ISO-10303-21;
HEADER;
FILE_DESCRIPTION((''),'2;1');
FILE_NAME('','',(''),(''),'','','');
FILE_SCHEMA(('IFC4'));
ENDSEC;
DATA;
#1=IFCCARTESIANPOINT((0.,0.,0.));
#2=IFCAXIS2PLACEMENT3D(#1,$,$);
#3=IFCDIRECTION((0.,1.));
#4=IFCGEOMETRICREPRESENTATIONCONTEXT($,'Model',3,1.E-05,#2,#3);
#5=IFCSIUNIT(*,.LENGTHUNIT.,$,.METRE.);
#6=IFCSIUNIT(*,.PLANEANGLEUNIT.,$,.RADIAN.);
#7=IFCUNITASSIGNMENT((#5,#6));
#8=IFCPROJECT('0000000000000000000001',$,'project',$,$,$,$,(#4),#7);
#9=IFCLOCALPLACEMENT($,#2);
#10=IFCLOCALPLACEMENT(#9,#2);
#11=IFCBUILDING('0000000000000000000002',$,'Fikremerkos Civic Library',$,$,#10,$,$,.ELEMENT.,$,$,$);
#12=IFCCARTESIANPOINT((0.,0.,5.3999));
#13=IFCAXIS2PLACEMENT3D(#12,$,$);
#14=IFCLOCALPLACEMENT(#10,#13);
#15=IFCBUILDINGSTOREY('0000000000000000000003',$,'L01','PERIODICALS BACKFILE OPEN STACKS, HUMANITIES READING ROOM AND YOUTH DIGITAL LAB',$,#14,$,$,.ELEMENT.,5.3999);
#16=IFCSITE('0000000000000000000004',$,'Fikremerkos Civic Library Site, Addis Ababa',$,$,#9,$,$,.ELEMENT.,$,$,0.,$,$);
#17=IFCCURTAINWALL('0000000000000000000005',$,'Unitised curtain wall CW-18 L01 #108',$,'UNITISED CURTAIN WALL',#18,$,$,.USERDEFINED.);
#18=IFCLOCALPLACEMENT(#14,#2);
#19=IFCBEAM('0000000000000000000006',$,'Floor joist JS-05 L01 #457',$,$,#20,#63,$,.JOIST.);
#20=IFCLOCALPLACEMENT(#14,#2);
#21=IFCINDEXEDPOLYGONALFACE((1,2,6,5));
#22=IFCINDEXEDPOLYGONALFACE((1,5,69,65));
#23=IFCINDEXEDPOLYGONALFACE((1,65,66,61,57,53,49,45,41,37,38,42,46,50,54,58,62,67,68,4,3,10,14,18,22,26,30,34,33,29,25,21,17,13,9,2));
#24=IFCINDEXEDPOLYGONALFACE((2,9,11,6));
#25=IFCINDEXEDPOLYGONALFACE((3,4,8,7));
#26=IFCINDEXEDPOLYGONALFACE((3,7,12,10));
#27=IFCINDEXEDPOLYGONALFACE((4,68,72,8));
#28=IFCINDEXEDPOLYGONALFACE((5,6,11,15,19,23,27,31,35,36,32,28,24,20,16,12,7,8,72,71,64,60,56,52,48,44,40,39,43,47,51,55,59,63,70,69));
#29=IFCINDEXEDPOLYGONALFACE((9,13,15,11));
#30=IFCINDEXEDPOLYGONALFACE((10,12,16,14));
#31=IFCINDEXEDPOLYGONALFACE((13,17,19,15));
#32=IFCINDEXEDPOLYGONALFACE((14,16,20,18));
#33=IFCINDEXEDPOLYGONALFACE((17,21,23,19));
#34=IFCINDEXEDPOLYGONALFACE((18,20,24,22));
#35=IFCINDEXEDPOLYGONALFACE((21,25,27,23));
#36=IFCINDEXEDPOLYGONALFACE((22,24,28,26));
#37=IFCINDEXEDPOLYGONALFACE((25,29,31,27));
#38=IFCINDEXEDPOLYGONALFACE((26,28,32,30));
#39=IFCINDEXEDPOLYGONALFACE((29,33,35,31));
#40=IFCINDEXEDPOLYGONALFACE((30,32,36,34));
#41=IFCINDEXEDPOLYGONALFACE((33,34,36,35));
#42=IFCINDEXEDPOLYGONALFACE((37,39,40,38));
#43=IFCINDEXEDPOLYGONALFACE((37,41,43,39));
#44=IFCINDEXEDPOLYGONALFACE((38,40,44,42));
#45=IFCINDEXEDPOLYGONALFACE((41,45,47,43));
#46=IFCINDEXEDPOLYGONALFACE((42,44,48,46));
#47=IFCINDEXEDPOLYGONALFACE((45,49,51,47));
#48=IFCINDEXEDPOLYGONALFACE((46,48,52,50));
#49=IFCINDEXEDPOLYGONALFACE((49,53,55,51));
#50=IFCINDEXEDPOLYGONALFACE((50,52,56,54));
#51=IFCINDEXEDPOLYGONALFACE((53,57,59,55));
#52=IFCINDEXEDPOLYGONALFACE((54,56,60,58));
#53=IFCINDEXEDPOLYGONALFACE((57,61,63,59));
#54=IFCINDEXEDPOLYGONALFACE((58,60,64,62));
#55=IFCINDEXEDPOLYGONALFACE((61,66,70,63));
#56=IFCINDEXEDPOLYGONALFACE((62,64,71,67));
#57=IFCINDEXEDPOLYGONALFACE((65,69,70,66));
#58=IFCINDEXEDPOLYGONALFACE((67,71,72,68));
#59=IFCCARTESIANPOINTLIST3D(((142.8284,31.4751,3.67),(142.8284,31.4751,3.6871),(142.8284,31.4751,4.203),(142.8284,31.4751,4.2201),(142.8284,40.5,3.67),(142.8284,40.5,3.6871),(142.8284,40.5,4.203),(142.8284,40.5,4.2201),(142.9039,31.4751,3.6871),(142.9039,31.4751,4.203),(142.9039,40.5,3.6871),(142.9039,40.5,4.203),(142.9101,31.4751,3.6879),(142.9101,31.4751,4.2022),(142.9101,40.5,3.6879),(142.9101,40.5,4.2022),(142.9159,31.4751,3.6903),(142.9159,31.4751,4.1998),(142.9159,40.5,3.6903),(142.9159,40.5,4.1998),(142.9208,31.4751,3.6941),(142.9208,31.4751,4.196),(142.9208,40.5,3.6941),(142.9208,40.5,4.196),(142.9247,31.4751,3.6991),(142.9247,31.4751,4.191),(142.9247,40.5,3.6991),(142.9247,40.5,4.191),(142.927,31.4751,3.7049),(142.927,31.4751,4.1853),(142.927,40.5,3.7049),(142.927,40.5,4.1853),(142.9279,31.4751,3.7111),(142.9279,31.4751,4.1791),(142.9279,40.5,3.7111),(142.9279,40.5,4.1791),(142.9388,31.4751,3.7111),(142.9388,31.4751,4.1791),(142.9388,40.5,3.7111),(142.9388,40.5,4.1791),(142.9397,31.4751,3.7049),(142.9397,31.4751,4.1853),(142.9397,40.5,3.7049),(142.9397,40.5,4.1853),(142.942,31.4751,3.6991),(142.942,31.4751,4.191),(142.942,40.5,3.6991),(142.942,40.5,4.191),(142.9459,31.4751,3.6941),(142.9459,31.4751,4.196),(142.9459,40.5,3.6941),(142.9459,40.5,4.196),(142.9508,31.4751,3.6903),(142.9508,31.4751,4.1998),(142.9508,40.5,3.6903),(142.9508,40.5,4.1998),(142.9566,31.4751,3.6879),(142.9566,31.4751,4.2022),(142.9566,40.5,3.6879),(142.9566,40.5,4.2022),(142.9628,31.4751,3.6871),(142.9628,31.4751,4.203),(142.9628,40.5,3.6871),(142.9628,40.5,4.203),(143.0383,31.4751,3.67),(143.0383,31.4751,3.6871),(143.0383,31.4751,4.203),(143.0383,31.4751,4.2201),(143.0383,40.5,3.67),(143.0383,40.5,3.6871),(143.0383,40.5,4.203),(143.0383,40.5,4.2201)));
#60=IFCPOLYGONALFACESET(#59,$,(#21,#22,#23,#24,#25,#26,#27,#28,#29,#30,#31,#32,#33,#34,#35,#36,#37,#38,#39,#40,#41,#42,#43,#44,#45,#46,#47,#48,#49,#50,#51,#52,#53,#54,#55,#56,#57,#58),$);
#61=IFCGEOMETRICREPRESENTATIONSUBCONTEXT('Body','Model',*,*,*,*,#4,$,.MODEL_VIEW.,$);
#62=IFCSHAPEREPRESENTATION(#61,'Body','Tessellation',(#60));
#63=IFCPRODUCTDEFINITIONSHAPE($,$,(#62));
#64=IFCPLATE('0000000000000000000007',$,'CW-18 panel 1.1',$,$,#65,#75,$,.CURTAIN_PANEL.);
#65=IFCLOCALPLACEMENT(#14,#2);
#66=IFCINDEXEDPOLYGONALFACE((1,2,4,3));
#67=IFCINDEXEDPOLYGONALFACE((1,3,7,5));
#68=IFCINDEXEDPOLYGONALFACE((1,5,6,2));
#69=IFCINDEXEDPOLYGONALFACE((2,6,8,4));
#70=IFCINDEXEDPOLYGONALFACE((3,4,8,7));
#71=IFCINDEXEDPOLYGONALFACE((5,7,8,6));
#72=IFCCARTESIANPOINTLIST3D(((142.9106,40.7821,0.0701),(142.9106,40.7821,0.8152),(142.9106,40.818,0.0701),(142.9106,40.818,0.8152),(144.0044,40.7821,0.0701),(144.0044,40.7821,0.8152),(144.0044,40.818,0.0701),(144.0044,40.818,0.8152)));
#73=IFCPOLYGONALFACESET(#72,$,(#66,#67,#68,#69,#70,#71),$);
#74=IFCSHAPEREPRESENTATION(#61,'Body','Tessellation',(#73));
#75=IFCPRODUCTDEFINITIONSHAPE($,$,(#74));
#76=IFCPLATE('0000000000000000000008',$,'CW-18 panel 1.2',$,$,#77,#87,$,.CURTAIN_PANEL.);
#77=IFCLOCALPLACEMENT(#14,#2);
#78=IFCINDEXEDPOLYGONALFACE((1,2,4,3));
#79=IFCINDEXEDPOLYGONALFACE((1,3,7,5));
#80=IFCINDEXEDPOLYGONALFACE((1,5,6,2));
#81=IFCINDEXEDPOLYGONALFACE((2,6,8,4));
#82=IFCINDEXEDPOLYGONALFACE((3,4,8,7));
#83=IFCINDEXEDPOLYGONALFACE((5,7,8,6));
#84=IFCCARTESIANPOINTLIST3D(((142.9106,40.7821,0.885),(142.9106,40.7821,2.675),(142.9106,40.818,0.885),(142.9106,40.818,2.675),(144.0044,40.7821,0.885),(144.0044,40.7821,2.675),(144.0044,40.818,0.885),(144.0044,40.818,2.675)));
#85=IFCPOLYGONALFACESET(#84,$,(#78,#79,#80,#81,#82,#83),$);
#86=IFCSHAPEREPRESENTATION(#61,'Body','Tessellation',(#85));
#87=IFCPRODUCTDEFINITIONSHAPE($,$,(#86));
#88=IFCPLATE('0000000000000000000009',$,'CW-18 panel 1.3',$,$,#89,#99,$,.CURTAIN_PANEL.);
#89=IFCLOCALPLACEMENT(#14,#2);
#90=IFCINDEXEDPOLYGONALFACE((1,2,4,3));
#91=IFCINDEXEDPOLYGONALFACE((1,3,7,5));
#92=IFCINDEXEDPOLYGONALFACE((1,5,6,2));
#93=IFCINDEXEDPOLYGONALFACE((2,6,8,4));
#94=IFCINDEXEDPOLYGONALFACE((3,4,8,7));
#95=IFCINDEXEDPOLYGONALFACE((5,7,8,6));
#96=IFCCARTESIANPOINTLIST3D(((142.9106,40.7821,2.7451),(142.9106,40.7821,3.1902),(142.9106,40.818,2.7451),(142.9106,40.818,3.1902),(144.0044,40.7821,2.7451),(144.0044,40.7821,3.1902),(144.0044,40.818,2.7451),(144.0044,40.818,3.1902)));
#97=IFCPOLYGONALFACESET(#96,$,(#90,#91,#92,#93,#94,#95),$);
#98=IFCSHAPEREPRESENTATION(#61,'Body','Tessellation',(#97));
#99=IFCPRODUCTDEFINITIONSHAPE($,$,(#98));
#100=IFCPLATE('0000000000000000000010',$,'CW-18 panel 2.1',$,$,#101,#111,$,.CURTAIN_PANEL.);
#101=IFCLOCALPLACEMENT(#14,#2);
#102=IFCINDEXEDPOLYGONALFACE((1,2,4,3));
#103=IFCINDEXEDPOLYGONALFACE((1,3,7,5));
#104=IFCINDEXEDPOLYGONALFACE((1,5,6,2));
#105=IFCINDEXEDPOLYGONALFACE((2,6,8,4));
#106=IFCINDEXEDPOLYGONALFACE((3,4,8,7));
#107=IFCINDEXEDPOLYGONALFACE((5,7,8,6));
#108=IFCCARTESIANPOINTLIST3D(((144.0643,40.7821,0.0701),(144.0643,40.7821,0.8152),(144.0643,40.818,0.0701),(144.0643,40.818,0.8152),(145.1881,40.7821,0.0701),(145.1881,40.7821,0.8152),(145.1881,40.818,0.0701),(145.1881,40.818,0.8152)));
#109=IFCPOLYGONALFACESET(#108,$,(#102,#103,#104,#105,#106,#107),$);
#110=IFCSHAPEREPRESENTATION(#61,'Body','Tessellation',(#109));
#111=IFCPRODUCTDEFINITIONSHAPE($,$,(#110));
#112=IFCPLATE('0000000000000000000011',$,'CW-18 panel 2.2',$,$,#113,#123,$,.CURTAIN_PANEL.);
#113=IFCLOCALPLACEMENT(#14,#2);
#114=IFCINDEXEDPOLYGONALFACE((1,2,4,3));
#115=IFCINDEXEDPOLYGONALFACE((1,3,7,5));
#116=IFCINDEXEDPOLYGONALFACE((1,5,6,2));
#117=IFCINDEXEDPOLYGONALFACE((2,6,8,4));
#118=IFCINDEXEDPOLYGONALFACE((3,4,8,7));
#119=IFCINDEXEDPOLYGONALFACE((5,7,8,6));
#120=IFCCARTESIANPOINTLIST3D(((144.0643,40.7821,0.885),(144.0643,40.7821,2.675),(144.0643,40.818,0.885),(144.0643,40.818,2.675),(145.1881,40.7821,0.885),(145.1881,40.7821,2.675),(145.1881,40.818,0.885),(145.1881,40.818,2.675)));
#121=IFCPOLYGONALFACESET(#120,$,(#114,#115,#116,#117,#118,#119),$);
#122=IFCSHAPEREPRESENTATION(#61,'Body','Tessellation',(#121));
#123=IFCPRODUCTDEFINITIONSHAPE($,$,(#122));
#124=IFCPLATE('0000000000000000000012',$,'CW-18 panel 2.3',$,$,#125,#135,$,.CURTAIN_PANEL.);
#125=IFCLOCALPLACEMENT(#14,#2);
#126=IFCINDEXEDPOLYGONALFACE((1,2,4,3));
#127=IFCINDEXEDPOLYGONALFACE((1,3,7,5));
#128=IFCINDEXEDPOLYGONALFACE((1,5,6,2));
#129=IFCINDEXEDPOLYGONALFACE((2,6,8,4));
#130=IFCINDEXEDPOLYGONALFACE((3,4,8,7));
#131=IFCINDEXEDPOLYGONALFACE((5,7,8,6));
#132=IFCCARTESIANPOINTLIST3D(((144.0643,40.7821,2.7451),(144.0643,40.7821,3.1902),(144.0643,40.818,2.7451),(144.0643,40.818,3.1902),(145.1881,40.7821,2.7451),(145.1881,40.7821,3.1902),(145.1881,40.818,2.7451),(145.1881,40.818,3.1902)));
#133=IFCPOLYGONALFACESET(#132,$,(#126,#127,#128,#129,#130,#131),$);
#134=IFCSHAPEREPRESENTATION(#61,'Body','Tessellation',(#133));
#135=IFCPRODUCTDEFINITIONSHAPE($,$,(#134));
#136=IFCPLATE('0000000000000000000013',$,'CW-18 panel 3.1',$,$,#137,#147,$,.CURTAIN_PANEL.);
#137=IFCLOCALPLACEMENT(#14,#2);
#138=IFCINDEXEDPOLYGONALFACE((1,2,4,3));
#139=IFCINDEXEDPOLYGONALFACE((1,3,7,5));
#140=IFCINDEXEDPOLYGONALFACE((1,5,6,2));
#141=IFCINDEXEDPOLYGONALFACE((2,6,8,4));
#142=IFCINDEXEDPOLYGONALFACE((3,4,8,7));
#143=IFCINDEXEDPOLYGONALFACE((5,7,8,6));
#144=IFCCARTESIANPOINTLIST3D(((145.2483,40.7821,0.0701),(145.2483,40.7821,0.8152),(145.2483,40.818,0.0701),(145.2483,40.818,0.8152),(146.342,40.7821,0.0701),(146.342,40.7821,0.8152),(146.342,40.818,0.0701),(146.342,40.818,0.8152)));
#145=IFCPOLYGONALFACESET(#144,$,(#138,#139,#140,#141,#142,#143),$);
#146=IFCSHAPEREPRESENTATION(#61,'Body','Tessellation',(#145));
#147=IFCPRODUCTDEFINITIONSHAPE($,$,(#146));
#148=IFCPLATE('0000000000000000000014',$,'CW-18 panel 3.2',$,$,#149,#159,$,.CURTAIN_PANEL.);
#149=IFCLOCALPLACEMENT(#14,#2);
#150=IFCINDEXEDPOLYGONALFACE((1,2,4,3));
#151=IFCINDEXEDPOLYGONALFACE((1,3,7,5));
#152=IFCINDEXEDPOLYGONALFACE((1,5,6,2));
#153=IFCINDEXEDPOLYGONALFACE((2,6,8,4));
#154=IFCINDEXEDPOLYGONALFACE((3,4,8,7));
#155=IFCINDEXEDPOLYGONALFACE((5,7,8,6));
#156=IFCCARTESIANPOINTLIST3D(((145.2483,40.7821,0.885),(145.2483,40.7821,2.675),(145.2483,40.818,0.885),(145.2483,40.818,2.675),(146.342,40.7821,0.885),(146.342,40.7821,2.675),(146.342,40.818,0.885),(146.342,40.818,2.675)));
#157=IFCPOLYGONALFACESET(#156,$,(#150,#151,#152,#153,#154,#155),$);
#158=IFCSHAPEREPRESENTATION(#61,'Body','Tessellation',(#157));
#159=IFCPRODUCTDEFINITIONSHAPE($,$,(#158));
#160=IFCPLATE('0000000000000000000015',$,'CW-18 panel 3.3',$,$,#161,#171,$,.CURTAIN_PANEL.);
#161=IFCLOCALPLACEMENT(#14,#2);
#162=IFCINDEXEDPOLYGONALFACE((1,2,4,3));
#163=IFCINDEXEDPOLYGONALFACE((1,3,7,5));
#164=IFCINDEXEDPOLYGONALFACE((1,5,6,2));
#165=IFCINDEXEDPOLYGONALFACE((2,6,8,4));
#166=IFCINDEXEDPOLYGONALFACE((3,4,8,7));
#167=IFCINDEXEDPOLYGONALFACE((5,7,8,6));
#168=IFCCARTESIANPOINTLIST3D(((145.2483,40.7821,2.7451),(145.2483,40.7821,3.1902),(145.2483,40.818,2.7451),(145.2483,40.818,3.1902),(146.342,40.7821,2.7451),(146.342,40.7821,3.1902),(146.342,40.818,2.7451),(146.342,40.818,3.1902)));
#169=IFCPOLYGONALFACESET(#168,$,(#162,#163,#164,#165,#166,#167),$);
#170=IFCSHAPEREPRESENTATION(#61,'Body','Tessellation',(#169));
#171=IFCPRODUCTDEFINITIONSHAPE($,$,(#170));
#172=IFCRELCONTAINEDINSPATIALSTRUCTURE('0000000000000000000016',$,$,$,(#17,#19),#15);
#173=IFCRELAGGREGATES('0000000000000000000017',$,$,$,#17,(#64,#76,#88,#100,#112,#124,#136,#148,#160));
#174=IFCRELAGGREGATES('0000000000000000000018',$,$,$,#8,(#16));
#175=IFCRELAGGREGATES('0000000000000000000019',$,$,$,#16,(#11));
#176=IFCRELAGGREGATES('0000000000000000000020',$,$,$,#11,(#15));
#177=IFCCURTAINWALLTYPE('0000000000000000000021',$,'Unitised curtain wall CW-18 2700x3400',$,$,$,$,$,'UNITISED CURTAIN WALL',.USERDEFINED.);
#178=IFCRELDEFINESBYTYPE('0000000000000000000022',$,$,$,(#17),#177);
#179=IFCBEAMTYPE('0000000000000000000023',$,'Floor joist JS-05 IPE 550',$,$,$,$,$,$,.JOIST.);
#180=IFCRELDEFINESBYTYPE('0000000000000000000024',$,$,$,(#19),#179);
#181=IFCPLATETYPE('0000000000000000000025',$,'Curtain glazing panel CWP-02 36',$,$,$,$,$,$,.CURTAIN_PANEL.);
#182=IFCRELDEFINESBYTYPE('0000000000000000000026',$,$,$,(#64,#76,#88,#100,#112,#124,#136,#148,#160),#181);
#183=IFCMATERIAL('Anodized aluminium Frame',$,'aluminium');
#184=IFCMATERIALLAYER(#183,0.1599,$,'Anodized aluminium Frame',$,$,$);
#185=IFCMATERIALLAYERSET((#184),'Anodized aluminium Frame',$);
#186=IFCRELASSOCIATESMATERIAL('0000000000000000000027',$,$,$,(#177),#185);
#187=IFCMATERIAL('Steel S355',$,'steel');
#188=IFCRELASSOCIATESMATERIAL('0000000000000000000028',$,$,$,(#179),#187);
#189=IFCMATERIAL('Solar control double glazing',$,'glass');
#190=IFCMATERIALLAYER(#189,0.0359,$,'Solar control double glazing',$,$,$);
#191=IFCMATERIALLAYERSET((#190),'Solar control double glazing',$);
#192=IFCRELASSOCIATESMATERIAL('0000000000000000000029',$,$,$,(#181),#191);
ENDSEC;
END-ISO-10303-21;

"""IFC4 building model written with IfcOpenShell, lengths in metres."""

from ifc_helpers import new_model, si_unit, direction, frame, origin, origin_2d, place, context, subcontext, project, spatial, rectangle, i_section, extrude, material, layer, layer_set, material_profile, profile_set, type_object, element, aggregate, save


model = new_model("IFC4")

# Units and contexts
model_context = context("Model", 3, precision=1e-05, world=origin(), true_north=direction((0.0, 1.0)))
body_context = subcontext(model_context, "Body", "Model", "MODEL_VIEW")
ifc_project = project(units=[si_unit("LENGTHUNIT", "METRE"), si_unit("PLANEANGLEUNIT", "RADIAN")], contexts=[model_context])

# Site, building, storey
site_placement = place(None, origin())
site = spatial("IfcSite", under=ifc_project, at=site_placement, Name="Fikremerkos Civic Library Site, Addis Ababa", CompositionType="ELEMENT", RefElevation=0.0)
building_placement = place(site_placement, origin())
building = spatial("IfcBuilding", under=site, at=building_placement, Name="Fikremerkos Civic Library", CompositionType="ELEMENT")
storey_placement = place(building_placement, frame((0.0, 0.0, 5.3999)))
storey = spatial("IfcBuildingStorey", under=building, at=storey_placement, Name="L01", Description="PERIODICALS BACKFILE OPEN STACKS, HUMANITIES READING ROOM AND YOUTH DIGITAL LAB", CompositionType="ELEMENT", Elevation=5.3999)

# Curtain wall
ifc_material_1 = material(Name="Anodized aluminium Frame", Category="aluminium")
ifc_layer_1 = layer(ifc_material_1, 0.1599, Name="Anodized aluminium Frame")
ifc_layer_set_1 = layer_set([ifc_layer_1], Name="Anodized aluminium Frame")
curtain_wall_type = type_object("IfcCurtainWallType", Name="Unitised curtain wall CW-18 2700x3400", ElementType="UNITISED CURTAIN WALL", PredefinedType="USERDEFINED", material=ifc_layer_set_1)
curtain_wall_placement = place(storey_placement, origin())
curtain_wall = element("IfcCurtainWall", 1, at=curtain_wall_placement, inside=storey, type_object=curtain_wall_type, Name="Unitised curtain wall CW-18 L01 #108", ObjectType="UNITISED CURTAIN WALL", PredefinedType="USERDEFINED")

# Beam
ifc_material_2 = material(Name="Steel S355", Category="steel")
ifc_material_profile_1 = material_profile(ifc_material_2, i_section(OverallWidth=0.21, OverallDepth=0.55, WebThickness=0.011, FlangeThickness=0.0171, FilletRadius=0.0239, at=origin_2d()), Name="IPE 550")
ifc_profile_set_1 = profile_set([ifc_material_profile_1], Name="Steel S355")
beam_type = type_object("IfcBeamType", Name="Floor joist JS-05 IPE 550", PredefinedType="JOIST", material=ifc_profile_set_1)
beam_placement = place(storey_placement, frame((142.9333, 31.4751, 3.9451), z_axis=(0.0, 1.0, 0.0), x_axis=(-1.0, 0.0, 0.0)))
element("IfcBeam", 2, at=beam_placement, inside=storey, type_object=beam_type, Name="Floor joist JS-05 L01 #457", PredefinedType="JOIST", context=body_context, shape_type="SweptSolid", body=[
    extrude(i_section(OverallWidth=0.21, OverallDepth=0.55, WebThickness=0.011, FlangeThickness=0.0171, FilletRadius=0.0239, at=origin_2d()), origin(), (0.0, 0.0, 1.0), 9.0249),
])

# Plates
ifc_material_3 = material(Name="Solar control double glazing", Category="glass")
ifc_layer_2 = layer(ifc_material_3, 0.0359, Name="Solar control double glazing")
ifc_layer_set_2 = layer_set([ifc_layer_2], Name="Solar control double glazing")
plate_type = type_object("IfcPlateType", Name="Curtain glazing panel CWP-02 36", PredefinedType="CURTAIN_PANEL", material=ifc_layer_set_2)
plate_1_placement = place(storey_placement, frame((143.4575, 40.8, 0.0701), z_axis=(0.0, 0.0, 1.0), x_axis=(1.0, 0.0, 0.0)))
plate_1 = element("IfcPlate", 3, at=plate_1_placement, type_object=plate_type, Name="CW-18 panel 1.1", PredefinedType="CURTAIN_PANEL", context=body_context, shape_type="SweptSolid", body=[
    extrude(rectangle(XDim=1.0938, YDim=0.0359, at=origin_2d()), origin(), (0.0, 0.0, 1.0), 0.7451),
])
plate_2_placement = place(storey_placement, frame((143.4575, 40.8, 0.885), z_axis=(0.0, 0.0, 1.0), x_axis=(1.0, 0.0, 0.0)))
plate_2 = element("IfcPlate", 4, at=plate_2_placement, type_object=plate_type, Name="CW-18 panel 1.2", PredefinedType="CURTAIN_PANEL", context=body_context, shape_type="SweptSolid", body=[
    extrude(rectangle(XDim=1.0938, YDim=0.0359, at=origin_2d()), origin(), (0.0, 0.0, 1.0), 1.79),
])
plate_3_placement = place(storey_placement, frame((143.4575, 40.8, 2.7451), z_axis=(0.0, 0.0, 1.0), x_axis=(1.0, 0.0, 0.0)))
plate_3 = element("IfcPlate", 5, at=plate_3_placement, type_object=plate_type, Name="CW-18 panel 1.3", PredefinedType="CURTAIN_PANEL", context=body_context, shape_type="SweptSolid", body=[
    extrude(rectangle(XDim=1.0938, YDim=0.0359, at=origin_2d()), origin(), (0.0, 0.0, 1.0), 0.4451),
])
plate_4_placement = place(storey_placement, frame((144.6262, 40.8, 0.0701), z_axis=(0.0, 0.0, 1.0), x_axis=(1.0, 0.0, 0.0)))
plate_4 = element("IfcPlate", 6, at=plate_4_placement, type_object=plate_type, Name="CW-18 panel 2.1", PredefinedType="CURTAIN_PANEL", context=body_context, shape_type="SweptSolid", body=[
    extrude(rectangle(XDim=1.1238, YDim=0.0359, at=origin_2d()), origin(), (0.0, 0.0, 1.0), 0.7451),
])
plate_5_placement = place(storey_placement, frame((144.6262, 40.8, 0.885), z_axis=(0.0, 0.0, 1.0), x_axis=(1.0, 0.0, 0.0)))
plate_5 = element("IfcPlate", 7, at=plate_5_placement, type_object=plate_type, Name="CW-18 panel 2.2", PredefinedType="CURTAIN_PANEL", context=body_context, shape_type="SweptSolid", body=[
    extrude(rectangle(XDim=1.1238, YDim=0.0359, at=origin_2d()), origin(), (0.0, 0.0, 1.0), 1.79),
])
plate_6_placement = place(storey_placement, frame((144.6262, 40.8, 2.7451), z_axis=(0.0, 0.0, 1.0), x_axis=(1.0, 0.0, 0.0)))
plate_6 = element("IfcPlate", 8, at=plate_6_placement, type_object=plate_type, Name="CW-18 panel 2.3", PredefinedType="CURTAIN_PANEL", context=body_context, shape_type="SweptSolid", body=[
    extrude(rectangle(XDim=1.1238, YDim=0.0359, at=origin_2d()), origin(), (0.0, 0.0, 1.0), 0.4451),
])
plate_7_placement = place(storey_placement, frame((145.7952, 40.8, 0.0701), z_axis=(0.0, 0.0, 1.0), x_axis=(1.0, 0.0, 0.0)))
plate_7 = element("IfcPlate", 9, at=plate_7_placement, type_object=plate_type, Name="CW-18 panel 3.1", PredefinedType="CURTAIN_PANEL", context=body_context, shape_type="SweptSolid", body=[
    extrude(rectangle(XDim=1.0938, YDim=0.0359, at=origin_2d()), origin(), (0.0, 0.0, 1.0), 0.7451),
])
plate_8_placement = place(storey_placement, frame((145.7952, 40.8, 0.885), z_axis=(0.0, 0.0, 1.0), x_axis=(1.0, 0.0, 0.0)))
plate_8 = element("IfcPlate", 10, at=plate_8_placement, type_object=plate_type, Name="CW-18 panel 3.2", PredefinedType="CURTAIN_PANEL", context=body_context, shape_type="SweptSolid", body=[
    extrude(rectangle(XDim=1.0938, YDim=0.0359, at=origin_2d()), origin(), (0.0, 0.0, 1.0), 1.79),
])
plate_9_placement = place(storey_placement, frame((145.7952, 40.8, 2.7451), z_axis=(0.0, 0.0, 1.0), x_axis=(1.0, 0.0, 0.0)))
plate_9 = element("IfcPlate", 11, at=plate_9_placement, type_object=plate_type, Name="CW-18 panel 3.3", PredefinedType="CURTAIN_PANEL", context=body_context, shape_type="SweptSolid", body=[
    extrude(rectangle(XDim=1.0938, YDim=0.0359, at=origin_2d()), origin(), (0.0, 0.0, 1.0), 0.4451),
])
aggregate(curtain_wall, [plate_1, plate_2, plate_3, plate_4, plate_5, plate_6, plate_7, plate_8, plate_9])

save(model, "model.ifc")
